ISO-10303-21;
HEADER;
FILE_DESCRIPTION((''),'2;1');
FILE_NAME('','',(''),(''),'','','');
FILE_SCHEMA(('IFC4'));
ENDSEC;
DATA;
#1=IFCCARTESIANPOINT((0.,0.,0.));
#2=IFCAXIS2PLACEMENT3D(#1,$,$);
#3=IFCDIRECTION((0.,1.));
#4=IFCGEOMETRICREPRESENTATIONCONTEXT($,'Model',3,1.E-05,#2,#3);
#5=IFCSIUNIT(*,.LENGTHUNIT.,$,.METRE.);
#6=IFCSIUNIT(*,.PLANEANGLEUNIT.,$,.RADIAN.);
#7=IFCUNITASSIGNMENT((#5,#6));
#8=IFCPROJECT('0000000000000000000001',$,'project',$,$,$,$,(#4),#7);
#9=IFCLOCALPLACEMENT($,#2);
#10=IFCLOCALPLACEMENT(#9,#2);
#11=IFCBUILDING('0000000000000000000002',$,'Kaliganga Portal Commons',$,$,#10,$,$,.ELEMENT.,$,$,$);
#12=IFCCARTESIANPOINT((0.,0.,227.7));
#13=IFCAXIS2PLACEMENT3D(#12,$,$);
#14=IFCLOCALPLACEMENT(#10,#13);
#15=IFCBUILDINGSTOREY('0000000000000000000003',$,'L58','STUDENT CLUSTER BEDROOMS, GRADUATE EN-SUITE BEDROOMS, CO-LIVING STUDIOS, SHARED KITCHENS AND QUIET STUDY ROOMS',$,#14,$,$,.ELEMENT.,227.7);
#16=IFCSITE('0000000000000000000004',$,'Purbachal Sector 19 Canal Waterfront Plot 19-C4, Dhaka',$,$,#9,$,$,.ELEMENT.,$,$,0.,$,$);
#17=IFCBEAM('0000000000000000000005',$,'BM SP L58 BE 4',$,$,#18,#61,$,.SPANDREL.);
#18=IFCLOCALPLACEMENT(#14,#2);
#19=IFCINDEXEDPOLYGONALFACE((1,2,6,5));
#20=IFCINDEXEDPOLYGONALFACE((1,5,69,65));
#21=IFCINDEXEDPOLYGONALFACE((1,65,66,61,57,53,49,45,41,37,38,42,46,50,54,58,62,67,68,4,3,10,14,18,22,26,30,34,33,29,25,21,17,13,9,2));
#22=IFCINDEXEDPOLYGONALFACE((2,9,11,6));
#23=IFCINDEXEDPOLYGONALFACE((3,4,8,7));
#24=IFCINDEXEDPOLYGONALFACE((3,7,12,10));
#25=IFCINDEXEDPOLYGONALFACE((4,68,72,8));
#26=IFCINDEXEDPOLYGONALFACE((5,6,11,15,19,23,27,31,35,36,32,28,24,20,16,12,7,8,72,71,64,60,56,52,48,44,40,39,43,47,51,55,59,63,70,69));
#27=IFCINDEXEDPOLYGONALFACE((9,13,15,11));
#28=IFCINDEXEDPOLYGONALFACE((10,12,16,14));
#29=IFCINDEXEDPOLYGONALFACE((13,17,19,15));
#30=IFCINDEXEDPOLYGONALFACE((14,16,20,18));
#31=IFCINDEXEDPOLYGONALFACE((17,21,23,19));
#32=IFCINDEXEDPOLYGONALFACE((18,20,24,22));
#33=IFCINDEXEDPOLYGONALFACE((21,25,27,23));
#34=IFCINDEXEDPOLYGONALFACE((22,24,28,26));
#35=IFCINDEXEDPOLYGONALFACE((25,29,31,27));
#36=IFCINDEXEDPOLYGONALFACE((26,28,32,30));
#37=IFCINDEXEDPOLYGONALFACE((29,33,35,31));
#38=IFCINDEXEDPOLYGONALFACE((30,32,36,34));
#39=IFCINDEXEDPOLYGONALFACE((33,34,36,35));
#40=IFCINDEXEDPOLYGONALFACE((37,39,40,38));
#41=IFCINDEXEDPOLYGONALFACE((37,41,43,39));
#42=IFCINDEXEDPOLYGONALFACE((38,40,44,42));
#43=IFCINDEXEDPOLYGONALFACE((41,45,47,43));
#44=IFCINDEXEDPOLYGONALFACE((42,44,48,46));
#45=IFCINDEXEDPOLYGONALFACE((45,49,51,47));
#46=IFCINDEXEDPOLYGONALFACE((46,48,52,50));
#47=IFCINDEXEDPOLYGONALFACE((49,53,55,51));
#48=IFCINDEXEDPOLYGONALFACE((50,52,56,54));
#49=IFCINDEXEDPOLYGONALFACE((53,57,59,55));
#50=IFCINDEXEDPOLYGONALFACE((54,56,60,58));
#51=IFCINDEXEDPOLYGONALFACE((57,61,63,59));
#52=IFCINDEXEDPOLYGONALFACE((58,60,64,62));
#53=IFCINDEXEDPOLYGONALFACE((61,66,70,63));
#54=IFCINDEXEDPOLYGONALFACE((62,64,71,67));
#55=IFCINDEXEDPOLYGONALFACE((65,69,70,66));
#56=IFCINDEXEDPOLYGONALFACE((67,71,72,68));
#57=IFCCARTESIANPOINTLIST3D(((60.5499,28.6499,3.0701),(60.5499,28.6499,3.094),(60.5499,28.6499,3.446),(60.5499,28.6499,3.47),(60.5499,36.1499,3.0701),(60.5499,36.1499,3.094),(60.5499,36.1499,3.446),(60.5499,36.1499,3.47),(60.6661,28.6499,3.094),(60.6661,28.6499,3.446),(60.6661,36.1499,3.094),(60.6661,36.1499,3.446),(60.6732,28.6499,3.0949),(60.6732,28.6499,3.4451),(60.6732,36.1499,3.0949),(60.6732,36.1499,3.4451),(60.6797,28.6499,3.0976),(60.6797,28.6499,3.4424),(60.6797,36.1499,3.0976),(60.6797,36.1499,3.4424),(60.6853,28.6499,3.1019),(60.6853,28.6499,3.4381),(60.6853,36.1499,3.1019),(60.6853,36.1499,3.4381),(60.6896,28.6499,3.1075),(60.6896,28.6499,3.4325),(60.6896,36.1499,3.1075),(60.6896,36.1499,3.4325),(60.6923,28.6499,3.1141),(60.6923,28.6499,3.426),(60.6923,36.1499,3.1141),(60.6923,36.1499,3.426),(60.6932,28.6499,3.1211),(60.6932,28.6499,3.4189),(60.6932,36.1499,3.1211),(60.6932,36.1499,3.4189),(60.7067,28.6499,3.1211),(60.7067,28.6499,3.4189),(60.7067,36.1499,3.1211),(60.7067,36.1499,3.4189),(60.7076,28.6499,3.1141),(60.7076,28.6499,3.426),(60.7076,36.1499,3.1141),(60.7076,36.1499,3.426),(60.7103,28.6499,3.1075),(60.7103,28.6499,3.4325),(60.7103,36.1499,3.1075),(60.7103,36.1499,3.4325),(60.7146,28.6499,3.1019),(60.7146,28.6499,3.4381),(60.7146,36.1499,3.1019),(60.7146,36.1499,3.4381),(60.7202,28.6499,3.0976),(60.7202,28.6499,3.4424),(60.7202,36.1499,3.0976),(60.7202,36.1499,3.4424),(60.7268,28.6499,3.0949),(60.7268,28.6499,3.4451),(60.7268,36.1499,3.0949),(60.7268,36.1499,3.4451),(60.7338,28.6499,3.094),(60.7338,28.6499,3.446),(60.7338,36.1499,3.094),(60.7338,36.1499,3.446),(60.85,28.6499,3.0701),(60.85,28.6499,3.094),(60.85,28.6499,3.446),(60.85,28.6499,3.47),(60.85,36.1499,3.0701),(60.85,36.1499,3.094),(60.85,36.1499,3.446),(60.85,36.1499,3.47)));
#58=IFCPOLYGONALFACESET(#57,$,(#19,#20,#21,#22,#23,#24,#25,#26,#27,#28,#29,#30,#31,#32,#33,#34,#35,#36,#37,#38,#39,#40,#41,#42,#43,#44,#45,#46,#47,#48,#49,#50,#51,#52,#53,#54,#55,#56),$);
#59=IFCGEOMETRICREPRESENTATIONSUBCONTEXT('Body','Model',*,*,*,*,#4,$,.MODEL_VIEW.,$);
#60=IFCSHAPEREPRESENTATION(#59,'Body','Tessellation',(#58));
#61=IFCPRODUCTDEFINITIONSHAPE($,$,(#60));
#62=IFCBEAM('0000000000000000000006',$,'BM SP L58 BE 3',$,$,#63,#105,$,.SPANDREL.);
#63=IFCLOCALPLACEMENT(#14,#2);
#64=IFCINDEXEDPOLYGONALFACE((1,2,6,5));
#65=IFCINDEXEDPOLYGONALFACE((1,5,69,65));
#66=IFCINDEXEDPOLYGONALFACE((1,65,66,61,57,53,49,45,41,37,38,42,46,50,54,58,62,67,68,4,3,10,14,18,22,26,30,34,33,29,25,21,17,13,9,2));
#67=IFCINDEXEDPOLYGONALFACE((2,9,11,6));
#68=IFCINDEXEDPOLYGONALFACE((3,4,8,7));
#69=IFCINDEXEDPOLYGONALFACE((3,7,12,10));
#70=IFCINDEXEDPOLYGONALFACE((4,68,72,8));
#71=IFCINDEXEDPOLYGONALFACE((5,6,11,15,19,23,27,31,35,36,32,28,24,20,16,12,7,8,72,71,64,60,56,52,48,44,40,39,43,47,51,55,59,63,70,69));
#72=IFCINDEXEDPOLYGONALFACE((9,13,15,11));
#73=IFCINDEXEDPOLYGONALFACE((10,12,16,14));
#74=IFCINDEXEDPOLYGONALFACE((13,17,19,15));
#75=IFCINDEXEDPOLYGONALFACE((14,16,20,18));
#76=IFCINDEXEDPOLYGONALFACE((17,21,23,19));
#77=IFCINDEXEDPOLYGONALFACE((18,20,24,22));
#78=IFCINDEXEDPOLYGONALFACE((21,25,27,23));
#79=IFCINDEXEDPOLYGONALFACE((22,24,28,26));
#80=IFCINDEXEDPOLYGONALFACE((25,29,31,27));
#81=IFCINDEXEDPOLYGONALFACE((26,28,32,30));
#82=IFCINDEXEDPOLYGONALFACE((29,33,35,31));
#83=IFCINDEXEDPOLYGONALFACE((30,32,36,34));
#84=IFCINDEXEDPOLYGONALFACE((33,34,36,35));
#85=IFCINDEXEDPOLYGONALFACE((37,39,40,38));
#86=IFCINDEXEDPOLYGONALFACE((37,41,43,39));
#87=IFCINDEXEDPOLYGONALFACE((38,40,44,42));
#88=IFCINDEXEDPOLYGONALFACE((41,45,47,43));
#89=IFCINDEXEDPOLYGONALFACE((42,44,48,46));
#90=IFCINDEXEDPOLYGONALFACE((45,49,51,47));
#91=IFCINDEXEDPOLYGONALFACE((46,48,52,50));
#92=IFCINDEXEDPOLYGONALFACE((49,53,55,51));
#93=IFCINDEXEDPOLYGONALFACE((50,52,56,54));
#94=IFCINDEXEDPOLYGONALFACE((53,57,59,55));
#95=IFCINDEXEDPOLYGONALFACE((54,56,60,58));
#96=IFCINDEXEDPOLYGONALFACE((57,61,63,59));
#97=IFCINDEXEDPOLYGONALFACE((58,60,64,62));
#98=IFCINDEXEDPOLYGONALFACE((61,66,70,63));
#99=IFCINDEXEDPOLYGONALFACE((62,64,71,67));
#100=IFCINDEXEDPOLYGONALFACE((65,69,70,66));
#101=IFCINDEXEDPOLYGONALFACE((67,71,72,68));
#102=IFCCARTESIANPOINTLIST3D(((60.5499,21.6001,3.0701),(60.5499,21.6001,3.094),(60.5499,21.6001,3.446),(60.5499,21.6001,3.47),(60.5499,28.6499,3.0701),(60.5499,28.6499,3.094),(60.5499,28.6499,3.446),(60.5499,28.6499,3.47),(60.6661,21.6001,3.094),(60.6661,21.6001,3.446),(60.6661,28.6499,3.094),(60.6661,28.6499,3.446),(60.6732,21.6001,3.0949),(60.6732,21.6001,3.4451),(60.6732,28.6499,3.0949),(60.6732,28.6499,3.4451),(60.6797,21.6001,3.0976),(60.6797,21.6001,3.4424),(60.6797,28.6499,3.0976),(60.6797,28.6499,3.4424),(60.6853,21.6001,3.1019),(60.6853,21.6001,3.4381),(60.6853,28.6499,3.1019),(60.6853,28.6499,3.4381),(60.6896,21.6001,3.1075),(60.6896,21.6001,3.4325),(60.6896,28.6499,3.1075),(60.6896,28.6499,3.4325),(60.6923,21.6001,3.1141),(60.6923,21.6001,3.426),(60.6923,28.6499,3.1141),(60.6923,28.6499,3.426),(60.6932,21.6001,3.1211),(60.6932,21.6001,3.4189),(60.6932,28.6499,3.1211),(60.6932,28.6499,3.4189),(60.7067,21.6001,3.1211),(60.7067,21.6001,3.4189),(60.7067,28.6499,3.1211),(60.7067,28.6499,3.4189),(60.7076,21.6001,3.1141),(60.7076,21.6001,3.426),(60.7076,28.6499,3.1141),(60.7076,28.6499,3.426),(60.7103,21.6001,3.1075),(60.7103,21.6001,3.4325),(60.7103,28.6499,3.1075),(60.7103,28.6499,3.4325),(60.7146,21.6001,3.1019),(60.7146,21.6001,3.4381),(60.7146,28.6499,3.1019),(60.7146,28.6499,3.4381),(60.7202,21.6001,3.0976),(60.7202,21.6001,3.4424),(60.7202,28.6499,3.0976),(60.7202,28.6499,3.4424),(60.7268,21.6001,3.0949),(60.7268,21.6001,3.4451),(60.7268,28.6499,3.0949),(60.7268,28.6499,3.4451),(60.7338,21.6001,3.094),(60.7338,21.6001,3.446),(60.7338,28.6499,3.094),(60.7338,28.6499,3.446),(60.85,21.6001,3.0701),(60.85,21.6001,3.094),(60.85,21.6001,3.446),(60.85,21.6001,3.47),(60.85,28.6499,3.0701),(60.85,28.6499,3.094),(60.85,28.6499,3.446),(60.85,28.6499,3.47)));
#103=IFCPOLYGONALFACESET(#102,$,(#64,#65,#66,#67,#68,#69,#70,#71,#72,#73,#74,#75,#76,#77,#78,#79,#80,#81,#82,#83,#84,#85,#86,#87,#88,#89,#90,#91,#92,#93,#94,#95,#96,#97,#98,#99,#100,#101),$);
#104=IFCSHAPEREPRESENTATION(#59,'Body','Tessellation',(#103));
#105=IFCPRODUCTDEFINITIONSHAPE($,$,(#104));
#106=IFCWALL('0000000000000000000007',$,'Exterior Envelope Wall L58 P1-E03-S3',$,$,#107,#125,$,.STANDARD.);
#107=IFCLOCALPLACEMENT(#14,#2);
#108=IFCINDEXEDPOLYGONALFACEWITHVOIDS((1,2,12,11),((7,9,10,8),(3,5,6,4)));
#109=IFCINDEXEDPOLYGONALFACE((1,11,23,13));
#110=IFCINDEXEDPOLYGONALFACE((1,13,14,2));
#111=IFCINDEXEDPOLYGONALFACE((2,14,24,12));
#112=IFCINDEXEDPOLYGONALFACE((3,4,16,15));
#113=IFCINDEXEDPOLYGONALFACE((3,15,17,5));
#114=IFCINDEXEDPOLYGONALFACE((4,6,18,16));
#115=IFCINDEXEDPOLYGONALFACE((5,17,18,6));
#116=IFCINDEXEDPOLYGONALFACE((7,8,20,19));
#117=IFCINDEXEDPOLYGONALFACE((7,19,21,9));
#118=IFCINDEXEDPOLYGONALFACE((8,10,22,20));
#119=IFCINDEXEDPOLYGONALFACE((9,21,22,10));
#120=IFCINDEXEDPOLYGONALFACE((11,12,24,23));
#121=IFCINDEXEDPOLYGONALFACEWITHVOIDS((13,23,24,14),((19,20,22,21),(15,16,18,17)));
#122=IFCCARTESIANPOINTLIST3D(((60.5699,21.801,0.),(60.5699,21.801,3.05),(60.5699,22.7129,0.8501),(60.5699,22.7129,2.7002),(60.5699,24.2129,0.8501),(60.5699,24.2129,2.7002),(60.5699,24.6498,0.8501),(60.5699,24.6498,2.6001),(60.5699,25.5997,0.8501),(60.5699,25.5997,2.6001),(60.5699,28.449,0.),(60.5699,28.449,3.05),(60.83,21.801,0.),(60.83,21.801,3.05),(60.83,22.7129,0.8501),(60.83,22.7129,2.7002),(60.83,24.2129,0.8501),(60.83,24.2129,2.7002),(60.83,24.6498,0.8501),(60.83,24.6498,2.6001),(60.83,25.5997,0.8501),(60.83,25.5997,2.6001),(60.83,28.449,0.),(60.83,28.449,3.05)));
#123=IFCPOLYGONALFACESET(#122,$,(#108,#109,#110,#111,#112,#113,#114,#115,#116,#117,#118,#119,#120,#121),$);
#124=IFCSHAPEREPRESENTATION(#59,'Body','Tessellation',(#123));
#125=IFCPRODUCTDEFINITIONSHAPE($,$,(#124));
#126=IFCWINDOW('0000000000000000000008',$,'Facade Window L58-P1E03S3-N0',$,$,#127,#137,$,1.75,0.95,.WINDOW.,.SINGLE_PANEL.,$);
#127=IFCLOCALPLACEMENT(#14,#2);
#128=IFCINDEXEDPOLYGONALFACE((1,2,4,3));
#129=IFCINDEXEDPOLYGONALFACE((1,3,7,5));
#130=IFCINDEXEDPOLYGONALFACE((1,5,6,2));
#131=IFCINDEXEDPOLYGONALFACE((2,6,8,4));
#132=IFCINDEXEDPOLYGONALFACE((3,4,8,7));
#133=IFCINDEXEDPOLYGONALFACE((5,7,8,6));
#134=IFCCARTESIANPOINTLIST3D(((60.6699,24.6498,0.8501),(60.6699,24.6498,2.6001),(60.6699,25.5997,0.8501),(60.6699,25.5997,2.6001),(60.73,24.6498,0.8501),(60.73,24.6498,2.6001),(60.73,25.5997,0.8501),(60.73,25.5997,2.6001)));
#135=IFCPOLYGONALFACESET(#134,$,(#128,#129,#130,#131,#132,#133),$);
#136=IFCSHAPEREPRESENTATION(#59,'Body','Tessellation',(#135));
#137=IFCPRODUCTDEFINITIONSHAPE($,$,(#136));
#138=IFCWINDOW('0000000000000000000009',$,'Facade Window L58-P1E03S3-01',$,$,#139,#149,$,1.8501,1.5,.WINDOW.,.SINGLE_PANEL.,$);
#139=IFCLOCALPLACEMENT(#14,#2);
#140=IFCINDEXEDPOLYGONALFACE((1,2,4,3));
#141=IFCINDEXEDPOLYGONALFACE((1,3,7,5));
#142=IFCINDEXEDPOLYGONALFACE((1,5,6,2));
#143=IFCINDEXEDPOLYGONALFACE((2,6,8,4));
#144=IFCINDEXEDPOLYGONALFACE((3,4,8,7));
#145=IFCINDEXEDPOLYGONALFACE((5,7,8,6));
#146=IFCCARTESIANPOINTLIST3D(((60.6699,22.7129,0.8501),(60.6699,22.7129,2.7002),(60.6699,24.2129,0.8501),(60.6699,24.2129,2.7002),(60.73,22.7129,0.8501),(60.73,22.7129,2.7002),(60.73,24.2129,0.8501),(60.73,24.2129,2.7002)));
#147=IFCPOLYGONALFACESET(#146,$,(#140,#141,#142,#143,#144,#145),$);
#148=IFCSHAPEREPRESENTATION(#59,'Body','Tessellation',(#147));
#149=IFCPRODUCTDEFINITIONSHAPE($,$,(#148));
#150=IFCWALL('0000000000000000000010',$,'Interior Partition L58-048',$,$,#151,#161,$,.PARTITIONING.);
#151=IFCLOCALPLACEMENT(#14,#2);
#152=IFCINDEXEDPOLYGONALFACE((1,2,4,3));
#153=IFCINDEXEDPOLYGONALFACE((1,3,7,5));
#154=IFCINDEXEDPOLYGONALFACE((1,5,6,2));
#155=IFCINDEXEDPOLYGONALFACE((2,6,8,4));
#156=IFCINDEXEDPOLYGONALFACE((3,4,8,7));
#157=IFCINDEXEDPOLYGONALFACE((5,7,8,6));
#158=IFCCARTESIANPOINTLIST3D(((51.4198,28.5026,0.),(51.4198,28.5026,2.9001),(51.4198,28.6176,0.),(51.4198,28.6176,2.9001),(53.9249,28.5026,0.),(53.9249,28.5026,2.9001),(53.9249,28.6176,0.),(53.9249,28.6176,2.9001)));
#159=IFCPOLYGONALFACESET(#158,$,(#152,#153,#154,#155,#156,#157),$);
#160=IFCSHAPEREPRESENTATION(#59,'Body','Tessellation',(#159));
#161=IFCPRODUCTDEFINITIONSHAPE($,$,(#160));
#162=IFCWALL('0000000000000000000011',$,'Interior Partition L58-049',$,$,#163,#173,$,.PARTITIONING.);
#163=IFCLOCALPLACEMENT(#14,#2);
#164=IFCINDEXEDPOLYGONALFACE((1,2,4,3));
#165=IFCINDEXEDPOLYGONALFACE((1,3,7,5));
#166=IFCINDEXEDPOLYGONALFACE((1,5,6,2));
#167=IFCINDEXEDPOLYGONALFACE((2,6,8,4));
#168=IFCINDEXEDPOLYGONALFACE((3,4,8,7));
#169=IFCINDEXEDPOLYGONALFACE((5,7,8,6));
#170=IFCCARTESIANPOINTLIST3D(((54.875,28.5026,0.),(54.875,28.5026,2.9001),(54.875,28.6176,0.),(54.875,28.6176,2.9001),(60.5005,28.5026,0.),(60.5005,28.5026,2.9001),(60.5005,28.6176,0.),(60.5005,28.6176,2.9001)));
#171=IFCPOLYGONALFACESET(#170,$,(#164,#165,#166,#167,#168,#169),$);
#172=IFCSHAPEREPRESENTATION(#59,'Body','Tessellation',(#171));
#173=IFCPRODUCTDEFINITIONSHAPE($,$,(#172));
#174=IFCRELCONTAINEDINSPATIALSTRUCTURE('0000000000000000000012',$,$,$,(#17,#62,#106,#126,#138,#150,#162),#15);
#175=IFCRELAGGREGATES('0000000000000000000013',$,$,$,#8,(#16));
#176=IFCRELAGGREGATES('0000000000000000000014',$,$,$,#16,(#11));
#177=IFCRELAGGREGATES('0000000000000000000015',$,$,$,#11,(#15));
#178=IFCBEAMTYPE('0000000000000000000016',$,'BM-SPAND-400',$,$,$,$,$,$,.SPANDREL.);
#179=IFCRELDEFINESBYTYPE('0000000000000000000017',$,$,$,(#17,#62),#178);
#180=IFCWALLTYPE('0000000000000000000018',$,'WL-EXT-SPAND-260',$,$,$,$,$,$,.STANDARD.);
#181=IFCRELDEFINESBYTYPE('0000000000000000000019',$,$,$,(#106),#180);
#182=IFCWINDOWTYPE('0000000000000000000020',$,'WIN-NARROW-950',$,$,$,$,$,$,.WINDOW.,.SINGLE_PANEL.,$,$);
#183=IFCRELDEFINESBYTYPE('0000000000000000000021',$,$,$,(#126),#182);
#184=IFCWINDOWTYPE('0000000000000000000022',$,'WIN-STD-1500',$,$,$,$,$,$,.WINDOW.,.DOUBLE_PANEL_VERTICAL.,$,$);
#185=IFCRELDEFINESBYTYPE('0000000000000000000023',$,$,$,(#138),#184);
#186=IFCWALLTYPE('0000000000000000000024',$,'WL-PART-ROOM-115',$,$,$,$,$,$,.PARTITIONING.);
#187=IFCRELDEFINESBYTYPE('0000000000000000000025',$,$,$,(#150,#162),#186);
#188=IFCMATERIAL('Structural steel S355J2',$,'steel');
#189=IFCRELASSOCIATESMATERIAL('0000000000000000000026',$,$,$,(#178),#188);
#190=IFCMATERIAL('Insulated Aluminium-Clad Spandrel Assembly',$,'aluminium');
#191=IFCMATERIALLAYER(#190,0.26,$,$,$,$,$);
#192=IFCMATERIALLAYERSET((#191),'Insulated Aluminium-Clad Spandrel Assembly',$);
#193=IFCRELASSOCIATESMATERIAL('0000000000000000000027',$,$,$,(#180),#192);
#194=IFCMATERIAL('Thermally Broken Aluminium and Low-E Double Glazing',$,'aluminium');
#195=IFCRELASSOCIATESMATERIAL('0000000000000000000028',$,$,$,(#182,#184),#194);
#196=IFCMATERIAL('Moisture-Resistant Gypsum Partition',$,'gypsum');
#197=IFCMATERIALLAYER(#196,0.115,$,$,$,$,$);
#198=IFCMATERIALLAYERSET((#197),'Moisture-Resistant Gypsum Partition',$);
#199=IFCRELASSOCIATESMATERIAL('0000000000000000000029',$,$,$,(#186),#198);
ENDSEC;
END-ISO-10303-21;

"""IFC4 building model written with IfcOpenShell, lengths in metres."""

from ifc_helpers import new_model, si_unit, direction, frame, frame_2d, origin, origin_2d, place, context, subcontext, project, spatial, rectangle, i_section, extrude, source, transform, mapped, material, layer, layer_set, material_profile, profile_set, type_object, element, fill, save


model = new_model("IFC4")

# Units and contexts
model_context = context("Model", 3, precision=1e-05, world=origin(), true_north=direction((0.0, 1.0)))
body_context = subcontext(model_context, "Body", "Model", "MODEL_VIEW")
ifc_project = project(units=[si_unit("LENGTHUNIT", "METRE"), si_unit("PLANEANGLEUNIT", "RADIAN")], contexts=[model_context])

# Site, building, storey
site_placement = place(None, origin())
site = spatial("IfcSite", under=ifc_project, at=site_placement, Name="Purbachal Sector 19 Canal Waterfront Plot 19-C4, Dhaka", CompositionType="ELEMENT", RefElevation=0.0)
building_placement = place(site_placement, origin())
building = spatial("IfcBuilding", under=site, at=building_placement, Name="Kaliganga Portal Commons", CompositionType="ELEMENT")
storey_placement = place(building_placement, frame((0.0, 0.0, 227.7)))
storey = spatial("IfcBuildingStorey", under=building, at=storey_placement, Name="L58", Description="STUDENT CLUSTER BEDROOMS, GRADUATE EN-SUITE BEDROOMS, CO-LIVING STUDIOS, SHARED KITCHENS AND QUIET STUDY ROOMS", CompositionType="ELEMENT", Elevation=227.7)

# Shared definitions
ifc_material_1 = material(Name="Structural steel S355J2", Category="steel")

# Beams
ifc_material_profile_1 = material_profile(ifc_material_1, i_section(OverallWidth=0.3, OverallDepth=0.3999, WebThickness=0.0134, FlangeThickness=0.0239, FilletRadius=0.0271, at=origin_2d()), Name="HE 400 B")
ifc_profile_set_1 = profile_set([ifc_material_profile_1], Name="Structural steel S355J2 wide-flange")
beam_type_1 = type_object("IfcBeamType", Name="BM-SPAND-400", PredefinedType="SPANDREL", material=ifc_profile_set_1)
shared_shape_1 = source(origin(), body_context, "Body", "SweptSolid", [
    extrude(i_section(OverallWidth=0.3, OverallDepth=0.3999, WebThickness=0.0134, FlangeThickness=0.0239, FilletRadius=0.0271, at=origin_2d()), origin(), (0.0, 0.0, 1.0), 7.5),
])
beam_1_placement = place(storey_placement, frame((60.7, 28.6499, 3.27), z_axis=(0.0, 1.0, 0.0), x_axis=(-1.0, 0.0, 0.0)))
element("IfcBeam", 1, at=beam_1_placement, inside=storey, type_object=beam_type_1, Name="BM SP L58 BE 4", PredefinedType="SPANDREL", context=body_context, shape_type="MappedRepresentation", body=[
    mapped(shared_shape_1, transform((0.0, 0.0, 0.0), x_axis=(1.0, 0.0, 0.0), y_axis=(0.0, 1.0, 0.0), z_axis=(0.0, 0.0, 1.0), scale=1.0)),
])
shared_shape_2 = source(origin(), body_context, "Body", "SweptSolid", [
    extrude(i_section(OverallWidth=0.3, OverallDepth=0.3999, WebThickness=0.0134, FlangeThickness=0.0239, FilletRadius=0.0271, at=origin_2d()), origin(), (0.0, 0.0, 1.0), 7.0498),
])
beam_2_placement = place(storey_placement, frame((60.7, 21.6001, 3.27), z_axis=(0.0, 1.0, 0.0), x_axis=(-1.0, 0.0, 0.0)))
element("IfcBeam", 2, at=beam_2_placement, inside=storey, type_object=beam_type_1, Name="BM SP L58 BE 3", PredefinedType="SPANDREL", context=body_context, shape_type="MappedRepresentation", body=[
    mapped(shared_shape_2, transform((0.0, 0.0, 0.0), x_axis=(1.0, 0.0, 0.0), y_axis=(0.0, 1.0, 0.0), z_axis=(0.0, 0.0, 1.0), scale=1.0)),
])

# Wall, openings, windows
ifc_material_2 = material(Name="Insulated Aluminium-Clad Spandrel Assembly", Category="aluminium")
ifc_layer_1 = layer(ifc_material_2, 0.26)
ifc_layer_set_1 = layer_set([ifc_layer_1], Name="Insulated Aluminium-Clad Spandrel Assembly")
wall_type_1 = type_object("IfcWallType", Name="WL-EXT-SPAND-260", PredefinedType="STANDARD", material=ifc_layer_set_1)
wall_1_placement = place(storey_placement, frame((60.7, 28.449, 0.0), z_axis=(0.0, 0.0, 1.0), x_axis=(0.0, -1.0, 0.0)))
wall_1 = element("IfcWall", 3, at=wall_1_placement, inside=storey, type_object=wall_type_1, Name="Exterior Envelope Wall L58 P1-E03-S3", PredefinedType="STANDARD", context=body_context, shape_type="SweptSolid", body=[
    extrude(rectangle(XDim=6.6479, YDim=0.26, at=frame_2d((3.324, 0.0))), origin(), (0.0, 0.0, 1.0), 3.05),
])
opening_1_placement = place(wall_1_placement, frame((4.2361, 0.0, 0.8501)))
opening_1 = element("IfcOpeningElement", 4, at=opening_1_placement, cuts=wall_1, PredefinedType="OPENING", context=body_context, shape_type="SweptSolid", body=[
    extrude(rectangle(XDim=1.5, YDim=1.8501, at=frame_2d((0.75, 0.925))), frame((0.0, 0.1401, 0.0), z_axis=(0.0, -1.0, 0.0), x_axis=(1.0, 0.0, 0.0)), (0.0, 0.0, 1.0), 0.28),
])
opening_2_placement = place(wall_1_placement, frame((2.8491, 0.0, 0.8501)))
opening_2 = element("IfcOpeningElement", 5, at=opening_2_placement, cuts=wall_1, PredefinedType="OPENING", context=body_context, shape_type="SweptSolid", body=[
    extrude(rectangle(XDim=0.95, YDim=1.75, at=frame_2d((0.4751, 0.875))), frame((0.0, 0.1401, 0.0), z_axis=(0.0, -1.0, 0.0), x_axis=(1.0, 0.0, 0.0)), (0.0, 0.0, 1.0), 0.28),
])
ifc_material_3 = material(Name="Thermally Broken Aluminium and Low-E Double Glazing", Category="aluminium")
window_type_1 = type_object("IfcWindowType", Name="WIN-NARROW-950", PartitioningType="SINGLE_PANEL", PredefinedType="WINDOW", material=ifc_material_3)
window_1_placement = place(opening_2_placement, origin())
window_1 = element("IfcWindow", 6, at=window_1_placement, inside=storey, type_object=window_type_1, Name="Facade Window L58-P1E03S3-N0", OverallHeight=1.75, OverallWidth=0.95, PartitioningType="SINGLE_PANEL", PredefinedType="WINDOW", context=body_context, shape_type="SweptSolid", body=[
    extrude(rectangle(XDim=0.95, YDim=1.75, at=frame_2d((0.4751, 0.875))), frame((0.0, 0.03, 0.0), z_axis=(0.0, -1.0, 0.0), x_axis=(1.0, 0.0, 0.0)), (0.0, 0.0, 1.0), 0.0601),
])
fill(opening_2, window_1)
window_type_2 = type_object("IfcWindowType", Name="WIN-STD-1500", PartitioningType="DOUBLE_PANEL_VERTICAL", PredefinedType="WINDOW", material=ifc_material_3)
window_2_placement = place(opening_1_placement, origin())
window_2 = element("IfcWindow", 7, at=window_2_placement, inside=storey, type_object=window_type_2, Name="Facade Window L58-P1E03S3-01", OverallHeight=1.8501, OverallWidth=1.5, PartitioningType="SINGLE_PANEL", PredefinedType="WINDOW", context=body_context, shape_type="SweptSolid", body=[
    extrude(rectangle(XDim=1.5, YDim=1.8501, at=frame_2d((0.75, 0.925))), frame((0.0, 0.03, 0.0), z_axis=(0.0, -1.0, 0.0), x_axis=(1.0, 0.0, 0.0)), (0.0, 0.0, 1.0), 0.0601),
])
fill(opening_1, window_2)

# Walls
ifc_material_4 = material(Name="Moisture-Resistant Gypsum Partition", Category="gypsum")
ifc_layer_2 = layer(ifc_material_4, 0.115)
ifc_layer_set_2 = layer_set([ifc_layer_2], Name="Moisture-Resistant Gypsum Partition")
wall_type_2 = type_object("IfcWallType", Name="WL-PART-ROOM-115", PredefinedType="PARTITIONING", material=ifc_layer_set_2)
wall_2_placement = place(storey_placement, frame((51.4199, 28.5601, 0.0), z_axis=(0.0, 0.0, 1.0), x_axis=(1.0, 0.0, 0.0)))
element("IfcWall", 8, at=wall_2_placement, inside=storey, type_object=wall_type_2, Name="Interior Partition L58-048", PredefinedType="PARTITIONING", context=body_context, shape_type="SweptSolid", body=[
    extrude(rectangle(XDim=2.5051, YDim=0.115, at=frame_2d((1.2524, 0.0))), origin(), (0.0, 0.0, 1.0), 2.9001),
])
wall_3_placement = place(storey_placement, frame((54.875, 28.5601, 0.0), z_axis=(0.0, 0.0, 1.0), x_axis=(1.0, 0.0, 0.0)))
element("IfcWall", 9, at=wall_3_placement, inside=storey, type_object=wall_type_2, Name="Interior Partition L58-049", PredefinedType="PARTITIONING", context=body_context, shape_type="SweptSolid", body=[
    extrude(rectangle(XDim=5.6255, YDim=0.115, at=frame_2d((2.8127, 0.0))), origin(), (0.0, 0.0, 1.0), 2.9001),
])

save(model, "model.ifc")
